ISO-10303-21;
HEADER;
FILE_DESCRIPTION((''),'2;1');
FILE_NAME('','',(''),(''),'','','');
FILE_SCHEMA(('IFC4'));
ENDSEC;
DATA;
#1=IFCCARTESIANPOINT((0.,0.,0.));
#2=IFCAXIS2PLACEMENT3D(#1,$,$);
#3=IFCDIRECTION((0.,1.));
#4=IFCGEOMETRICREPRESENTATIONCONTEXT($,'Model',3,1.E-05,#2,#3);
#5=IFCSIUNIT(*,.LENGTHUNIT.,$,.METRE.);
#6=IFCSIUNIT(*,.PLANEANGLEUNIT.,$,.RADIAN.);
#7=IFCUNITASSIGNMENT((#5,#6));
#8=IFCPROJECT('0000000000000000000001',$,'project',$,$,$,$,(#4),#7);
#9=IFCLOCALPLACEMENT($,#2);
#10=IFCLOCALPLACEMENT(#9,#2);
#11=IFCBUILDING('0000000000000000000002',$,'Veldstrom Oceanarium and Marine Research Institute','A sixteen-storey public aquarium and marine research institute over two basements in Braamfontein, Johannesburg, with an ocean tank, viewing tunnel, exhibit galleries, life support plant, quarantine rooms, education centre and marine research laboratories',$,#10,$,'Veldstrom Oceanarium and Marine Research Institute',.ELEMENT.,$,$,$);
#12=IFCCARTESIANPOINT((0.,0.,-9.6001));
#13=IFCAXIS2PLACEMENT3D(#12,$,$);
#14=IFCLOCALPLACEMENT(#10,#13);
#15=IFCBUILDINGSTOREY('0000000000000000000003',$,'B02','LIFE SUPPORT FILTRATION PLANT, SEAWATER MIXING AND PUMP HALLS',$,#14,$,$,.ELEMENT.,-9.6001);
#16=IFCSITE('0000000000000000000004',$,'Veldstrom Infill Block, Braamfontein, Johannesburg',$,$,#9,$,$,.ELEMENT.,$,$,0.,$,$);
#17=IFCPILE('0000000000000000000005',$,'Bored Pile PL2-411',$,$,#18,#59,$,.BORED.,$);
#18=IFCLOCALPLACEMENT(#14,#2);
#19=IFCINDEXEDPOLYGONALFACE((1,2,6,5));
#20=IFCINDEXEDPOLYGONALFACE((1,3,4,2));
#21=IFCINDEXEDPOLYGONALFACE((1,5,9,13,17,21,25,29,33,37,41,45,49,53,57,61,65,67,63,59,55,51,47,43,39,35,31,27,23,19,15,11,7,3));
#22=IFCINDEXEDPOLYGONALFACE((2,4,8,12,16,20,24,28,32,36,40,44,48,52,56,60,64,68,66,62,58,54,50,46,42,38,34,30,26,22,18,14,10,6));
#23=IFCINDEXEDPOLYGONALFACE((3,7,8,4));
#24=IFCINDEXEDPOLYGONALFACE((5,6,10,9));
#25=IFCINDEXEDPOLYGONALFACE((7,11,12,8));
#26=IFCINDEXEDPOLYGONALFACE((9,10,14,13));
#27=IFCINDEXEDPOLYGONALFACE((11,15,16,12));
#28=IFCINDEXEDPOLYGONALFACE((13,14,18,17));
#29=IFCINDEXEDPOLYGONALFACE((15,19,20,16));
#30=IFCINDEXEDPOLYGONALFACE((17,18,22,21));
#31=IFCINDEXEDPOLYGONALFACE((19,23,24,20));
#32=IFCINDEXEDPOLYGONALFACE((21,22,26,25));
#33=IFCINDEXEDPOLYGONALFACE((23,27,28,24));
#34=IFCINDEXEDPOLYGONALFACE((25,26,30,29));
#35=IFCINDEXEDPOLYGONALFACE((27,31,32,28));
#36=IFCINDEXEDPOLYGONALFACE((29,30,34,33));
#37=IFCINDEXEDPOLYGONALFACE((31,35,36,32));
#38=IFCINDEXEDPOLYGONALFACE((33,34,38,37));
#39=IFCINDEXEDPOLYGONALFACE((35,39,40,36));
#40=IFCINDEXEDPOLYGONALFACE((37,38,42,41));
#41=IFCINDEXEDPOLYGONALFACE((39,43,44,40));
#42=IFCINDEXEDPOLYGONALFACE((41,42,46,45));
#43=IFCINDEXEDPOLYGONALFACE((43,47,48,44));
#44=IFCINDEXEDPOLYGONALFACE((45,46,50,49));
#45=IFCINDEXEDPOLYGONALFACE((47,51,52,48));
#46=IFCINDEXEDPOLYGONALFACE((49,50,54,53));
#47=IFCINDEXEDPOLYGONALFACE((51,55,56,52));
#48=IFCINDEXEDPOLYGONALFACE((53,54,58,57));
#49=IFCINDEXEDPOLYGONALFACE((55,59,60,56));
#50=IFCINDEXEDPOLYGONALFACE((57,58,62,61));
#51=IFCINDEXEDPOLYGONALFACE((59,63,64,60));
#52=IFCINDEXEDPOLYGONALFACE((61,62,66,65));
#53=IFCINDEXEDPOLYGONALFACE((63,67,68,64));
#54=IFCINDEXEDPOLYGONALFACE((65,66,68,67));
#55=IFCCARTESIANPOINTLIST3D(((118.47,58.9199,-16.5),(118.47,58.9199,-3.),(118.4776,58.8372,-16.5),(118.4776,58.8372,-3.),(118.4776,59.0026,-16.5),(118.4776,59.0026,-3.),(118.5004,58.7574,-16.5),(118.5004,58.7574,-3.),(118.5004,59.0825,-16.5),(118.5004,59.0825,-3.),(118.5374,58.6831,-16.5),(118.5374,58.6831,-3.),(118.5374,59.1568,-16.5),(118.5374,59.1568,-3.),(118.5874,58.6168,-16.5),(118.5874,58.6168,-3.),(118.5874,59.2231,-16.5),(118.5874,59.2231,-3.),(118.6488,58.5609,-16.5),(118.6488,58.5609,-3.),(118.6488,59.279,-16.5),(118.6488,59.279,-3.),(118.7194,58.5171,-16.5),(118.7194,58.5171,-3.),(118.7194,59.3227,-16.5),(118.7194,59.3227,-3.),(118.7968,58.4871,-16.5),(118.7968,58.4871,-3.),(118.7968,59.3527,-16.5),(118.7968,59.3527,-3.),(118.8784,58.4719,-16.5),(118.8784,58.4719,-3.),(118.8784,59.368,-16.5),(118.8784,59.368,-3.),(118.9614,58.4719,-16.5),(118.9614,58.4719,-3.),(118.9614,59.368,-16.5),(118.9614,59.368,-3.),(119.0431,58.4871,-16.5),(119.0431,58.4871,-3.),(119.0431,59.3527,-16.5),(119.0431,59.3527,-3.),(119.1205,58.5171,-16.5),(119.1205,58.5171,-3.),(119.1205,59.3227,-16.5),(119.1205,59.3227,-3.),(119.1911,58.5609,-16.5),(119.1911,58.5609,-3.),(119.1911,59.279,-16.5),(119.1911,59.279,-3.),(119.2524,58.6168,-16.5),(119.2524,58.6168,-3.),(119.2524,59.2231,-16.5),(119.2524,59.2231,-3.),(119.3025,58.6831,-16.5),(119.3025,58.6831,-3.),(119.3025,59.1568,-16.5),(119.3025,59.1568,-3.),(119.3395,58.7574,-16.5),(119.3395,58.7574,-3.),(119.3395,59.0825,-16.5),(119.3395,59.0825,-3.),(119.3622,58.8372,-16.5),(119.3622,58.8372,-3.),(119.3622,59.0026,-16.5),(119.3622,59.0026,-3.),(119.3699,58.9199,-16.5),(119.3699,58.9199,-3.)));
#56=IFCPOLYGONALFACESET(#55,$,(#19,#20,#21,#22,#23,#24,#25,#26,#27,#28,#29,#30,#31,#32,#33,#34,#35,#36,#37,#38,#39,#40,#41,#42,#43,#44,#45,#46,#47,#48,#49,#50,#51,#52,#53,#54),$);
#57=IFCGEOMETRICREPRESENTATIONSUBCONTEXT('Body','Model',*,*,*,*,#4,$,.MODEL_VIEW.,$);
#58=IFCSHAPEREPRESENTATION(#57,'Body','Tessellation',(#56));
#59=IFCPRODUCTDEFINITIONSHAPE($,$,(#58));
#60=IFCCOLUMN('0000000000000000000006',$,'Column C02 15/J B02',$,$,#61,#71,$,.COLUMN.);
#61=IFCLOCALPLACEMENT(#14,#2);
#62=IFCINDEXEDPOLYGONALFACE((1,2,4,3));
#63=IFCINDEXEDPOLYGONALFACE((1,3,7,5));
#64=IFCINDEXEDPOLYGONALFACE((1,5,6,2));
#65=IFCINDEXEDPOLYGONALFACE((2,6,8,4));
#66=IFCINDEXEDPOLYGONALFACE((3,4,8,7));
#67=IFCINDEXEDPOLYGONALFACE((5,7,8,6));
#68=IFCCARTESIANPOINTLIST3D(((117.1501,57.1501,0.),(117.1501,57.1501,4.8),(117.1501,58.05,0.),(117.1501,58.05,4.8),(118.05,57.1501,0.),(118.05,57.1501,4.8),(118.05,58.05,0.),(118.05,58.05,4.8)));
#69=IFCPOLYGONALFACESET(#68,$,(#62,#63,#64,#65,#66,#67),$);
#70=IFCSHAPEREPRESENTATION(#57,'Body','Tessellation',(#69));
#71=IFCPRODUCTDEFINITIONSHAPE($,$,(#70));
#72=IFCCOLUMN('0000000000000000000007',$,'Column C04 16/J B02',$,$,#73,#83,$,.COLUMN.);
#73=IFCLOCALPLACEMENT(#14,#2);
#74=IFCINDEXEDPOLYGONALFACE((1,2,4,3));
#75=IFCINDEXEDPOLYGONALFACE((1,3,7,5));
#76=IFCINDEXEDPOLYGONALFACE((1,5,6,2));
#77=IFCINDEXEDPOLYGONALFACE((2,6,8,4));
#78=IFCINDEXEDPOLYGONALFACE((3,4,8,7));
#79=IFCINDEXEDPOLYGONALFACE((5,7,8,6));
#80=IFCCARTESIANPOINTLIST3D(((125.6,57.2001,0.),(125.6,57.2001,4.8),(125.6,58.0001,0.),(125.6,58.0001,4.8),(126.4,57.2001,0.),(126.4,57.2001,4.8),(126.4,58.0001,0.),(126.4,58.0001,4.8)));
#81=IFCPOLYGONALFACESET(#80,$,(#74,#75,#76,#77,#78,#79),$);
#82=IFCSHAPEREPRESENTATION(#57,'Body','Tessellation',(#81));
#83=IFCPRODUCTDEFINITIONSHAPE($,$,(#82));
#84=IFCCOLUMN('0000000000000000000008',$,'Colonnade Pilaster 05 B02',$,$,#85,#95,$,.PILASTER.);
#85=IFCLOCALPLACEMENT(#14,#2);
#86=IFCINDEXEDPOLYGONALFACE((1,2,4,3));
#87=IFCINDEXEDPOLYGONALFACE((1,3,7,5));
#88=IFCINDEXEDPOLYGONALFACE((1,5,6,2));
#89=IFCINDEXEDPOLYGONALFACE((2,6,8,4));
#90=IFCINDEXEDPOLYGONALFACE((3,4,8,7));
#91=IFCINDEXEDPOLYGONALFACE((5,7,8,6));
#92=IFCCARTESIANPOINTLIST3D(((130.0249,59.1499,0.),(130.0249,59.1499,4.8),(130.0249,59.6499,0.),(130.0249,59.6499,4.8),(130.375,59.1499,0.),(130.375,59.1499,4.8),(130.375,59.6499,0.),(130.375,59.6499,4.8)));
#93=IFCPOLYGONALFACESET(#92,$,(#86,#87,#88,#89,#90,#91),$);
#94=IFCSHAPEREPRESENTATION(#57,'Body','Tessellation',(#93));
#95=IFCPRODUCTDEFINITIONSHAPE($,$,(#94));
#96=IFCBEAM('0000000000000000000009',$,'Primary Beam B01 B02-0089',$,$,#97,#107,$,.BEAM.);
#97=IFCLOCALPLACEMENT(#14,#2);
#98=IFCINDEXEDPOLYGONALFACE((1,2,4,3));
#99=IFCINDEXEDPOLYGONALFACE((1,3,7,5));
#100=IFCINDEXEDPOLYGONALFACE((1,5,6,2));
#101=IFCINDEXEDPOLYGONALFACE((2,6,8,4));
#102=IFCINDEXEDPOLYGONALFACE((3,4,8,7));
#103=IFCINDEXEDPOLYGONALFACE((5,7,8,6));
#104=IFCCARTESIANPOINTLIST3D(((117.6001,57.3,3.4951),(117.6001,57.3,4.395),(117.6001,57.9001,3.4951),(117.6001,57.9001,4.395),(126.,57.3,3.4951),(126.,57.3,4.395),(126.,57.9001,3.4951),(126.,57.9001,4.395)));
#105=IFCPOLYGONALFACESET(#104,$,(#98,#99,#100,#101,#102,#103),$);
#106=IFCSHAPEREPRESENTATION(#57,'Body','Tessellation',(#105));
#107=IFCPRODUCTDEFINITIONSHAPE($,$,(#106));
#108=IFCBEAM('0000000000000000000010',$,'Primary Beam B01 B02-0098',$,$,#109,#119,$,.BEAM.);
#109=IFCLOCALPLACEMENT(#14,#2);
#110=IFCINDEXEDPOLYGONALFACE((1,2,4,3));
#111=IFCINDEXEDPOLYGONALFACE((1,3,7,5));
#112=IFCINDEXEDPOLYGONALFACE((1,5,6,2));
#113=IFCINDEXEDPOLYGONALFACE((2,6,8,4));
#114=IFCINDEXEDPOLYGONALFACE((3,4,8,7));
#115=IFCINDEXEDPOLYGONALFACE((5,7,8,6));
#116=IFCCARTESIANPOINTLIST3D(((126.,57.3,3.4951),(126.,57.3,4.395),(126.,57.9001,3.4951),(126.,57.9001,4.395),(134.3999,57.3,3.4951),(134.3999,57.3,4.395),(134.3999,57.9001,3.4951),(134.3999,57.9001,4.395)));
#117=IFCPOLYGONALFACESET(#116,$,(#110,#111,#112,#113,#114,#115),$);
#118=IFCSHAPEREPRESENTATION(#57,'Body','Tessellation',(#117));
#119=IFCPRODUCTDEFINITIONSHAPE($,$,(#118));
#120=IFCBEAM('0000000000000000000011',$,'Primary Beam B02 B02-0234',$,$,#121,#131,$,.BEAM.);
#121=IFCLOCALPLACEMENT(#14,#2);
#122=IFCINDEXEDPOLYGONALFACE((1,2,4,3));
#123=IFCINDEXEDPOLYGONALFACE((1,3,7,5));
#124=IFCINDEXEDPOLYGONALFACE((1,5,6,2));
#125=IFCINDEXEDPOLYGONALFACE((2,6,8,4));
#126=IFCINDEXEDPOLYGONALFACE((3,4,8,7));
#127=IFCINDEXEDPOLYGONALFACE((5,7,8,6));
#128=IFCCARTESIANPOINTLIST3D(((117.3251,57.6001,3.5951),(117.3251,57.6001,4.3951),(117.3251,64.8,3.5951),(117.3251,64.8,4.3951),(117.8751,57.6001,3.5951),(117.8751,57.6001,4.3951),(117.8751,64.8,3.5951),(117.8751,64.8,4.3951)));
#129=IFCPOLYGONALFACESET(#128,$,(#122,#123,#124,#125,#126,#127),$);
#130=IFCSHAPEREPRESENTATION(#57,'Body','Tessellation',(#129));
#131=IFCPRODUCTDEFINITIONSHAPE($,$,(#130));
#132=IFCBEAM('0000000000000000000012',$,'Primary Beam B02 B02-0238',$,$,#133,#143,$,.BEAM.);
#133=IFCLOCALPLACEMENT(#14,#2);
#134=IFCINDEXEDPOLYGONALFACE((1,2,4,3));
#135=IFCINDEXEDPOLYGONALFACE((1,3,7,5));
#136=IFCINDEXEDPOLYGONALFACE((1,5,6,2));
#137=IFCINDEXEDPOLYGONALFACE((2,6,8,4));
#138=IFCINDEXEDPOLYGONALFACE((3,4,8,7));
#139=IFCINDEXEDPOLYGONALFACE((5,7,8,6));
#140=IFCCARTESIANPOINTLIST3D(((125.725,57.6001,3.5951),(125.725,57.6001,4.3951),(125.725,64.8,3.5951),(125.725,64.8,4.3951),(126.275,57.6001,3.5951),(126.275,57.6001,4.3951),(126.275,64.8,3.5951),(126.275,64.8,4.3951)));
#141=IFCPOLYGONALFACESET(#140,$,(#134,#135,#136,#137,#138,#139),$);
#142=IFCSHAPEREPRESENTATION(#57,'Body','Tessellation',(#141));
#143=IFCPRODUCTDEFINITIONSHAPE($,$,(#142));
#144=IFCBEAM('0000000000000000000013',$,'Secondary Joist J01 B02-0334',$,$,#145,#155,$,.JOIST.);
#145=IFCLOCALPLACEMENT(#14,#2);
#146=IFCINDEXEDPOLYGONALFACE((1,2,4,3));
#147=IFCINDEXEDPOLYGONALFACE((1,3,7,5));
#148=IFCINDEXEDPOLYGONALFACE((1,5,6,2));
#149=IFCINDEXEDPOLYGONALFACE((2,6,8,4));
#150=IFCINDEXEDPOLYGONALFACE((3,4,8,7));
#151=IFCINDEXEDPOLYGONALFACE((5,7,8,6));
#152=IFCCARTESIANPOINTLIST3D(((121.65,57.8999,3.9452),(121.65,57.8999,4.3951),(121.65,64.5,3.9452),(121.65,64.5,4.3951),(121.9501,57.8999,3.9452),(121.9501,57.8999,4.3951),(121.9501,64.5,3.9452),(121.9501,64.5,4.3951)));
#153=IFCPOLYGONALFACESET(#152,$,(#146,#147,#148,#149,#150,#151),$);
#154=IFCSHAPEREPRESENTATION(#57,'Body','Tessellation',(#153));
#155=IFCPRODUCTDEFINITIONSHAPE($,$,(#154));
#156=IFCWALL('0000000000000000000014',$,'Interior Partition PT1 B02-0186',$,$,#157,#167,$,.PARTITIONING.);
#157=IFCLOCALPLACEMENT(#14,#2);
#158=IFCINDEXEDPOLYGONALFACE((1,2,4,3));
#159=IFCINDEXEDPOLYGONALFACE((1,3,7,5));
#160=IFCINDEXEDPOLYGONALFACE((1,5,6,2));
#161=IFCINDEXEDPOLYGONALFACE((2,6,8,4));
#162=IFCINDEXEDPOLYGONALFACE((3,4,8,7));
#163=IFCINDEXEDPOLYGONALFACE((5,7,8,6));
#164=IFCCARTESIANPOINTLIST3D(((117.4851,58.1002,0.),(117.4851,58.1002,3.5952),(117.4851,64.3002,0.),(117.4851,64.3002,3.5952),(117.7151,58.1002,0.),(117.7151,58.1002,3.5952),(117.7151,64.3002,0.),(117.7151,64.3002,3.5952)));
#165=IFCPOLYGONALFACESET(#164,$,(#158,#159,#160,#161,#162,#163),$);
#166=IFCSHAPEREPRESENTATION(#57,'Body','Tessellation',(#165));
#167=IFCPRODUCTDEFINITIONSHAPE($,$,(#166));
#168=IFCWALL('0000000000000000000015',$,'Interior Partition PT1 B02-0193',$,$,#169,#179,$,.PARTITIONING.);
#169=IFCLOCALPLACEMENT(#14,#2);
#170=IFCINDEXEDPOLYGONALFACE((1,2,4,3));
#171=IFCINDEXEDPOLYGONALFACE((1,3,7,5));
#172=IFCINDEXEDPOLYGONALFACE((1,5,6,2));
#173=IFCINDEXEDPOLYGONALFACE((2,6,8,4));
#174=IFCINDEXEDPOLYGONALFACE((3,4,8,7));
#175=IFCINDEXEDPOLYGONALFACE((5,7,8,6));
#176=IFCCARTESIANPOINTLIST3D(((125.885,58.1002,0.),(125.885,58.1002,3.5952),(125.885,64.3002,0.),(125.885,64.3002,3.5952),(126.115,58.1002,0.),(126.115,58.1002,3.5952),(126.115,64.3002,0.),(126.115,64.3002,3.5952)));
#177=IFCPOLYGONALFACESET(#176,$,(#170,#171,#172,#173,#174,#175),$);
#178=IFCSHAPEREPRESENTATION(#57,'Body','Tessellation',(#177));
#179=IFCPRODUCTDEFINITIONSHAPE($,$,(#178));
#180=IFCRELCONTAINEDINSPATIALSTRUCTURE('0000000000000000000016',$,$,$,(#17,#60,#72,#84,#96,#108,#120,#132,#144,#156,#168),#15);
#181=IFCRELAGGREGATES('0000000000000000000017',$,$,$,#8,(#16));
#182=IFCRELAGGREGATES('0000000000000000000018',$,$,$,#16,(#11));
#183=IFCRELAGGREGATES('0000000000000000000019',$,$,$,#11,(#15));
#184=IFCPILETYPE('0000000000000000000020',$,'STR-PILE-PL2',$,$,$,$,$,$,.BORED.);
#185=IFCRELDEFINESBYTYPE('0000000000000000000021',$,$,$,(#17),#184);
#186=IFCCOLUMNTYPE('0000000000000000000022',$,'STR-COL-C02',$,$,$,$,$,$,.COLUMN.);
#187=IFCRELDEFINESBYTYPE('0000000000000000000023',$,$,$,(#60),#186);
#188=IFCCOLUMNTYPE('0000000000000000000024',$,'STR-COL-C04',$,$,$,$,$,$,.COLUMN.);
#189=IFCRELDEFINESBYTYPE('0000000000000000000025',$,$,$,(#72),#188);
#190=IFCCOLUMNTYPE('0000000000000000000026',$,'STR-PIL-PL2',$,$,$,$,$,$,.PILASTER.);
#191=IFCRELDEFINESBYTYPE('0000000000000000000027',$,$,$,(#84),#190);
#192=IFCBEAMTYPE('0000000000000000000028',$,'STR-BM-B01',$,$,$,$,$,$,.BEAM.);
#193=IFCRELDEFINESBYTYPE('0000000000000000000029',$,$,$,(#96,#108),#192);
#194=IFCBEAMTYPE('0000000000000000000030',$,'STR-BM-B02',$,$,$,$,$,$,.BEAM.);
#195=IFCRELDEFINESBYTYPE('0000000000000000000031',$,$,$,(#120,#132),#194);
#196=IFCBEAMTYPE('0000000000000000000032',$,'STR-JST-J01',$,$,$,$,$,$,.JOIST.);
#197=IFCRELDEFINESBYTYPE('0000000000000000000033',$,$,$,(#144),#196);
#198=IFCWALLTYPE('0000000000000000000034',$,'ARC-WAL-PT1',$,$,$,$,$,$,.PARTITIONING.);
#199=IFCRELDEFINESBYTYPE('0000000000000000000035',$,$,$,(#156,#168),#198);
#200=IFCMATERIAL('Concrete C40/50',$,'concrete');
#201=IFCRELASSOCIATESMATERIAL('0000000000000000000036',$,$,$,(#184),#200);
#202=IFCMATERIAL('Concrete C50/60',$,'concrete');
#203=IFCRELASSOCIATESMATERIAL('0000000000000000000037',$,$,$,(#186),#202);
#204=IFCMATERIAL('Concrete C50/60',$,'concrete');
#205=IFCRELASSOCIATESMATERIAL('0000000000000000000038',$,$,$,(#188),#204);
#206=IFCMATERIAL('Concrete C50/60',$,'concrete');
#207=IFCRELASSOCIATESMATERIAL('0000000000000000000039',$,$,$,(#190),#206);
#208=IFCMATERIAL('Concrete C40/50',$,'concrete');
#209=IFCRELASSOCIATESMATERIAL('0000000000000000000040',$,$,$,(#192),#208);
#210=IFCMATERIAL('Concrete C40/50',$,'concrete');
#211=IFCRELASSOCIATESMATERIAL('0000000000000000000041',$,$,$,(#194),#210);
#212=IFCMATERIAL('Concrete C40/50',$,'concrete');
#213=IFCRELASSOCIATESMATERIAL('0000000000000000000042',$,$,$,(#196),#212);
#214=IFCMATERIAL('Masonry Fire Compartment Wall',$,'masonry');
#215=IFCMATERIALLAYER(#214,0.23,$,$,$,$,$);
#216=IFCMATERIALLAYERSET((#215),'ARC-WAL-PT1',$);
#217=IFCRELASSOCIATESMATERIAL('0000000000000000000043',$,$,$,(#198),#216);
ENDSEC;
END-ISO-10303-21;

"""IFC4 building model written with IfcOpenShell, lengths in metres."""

from ifc_helpers import new_model, si_unit, direction, frame, frame_2d, origin, origin_2d, place, context, subcontext, project, spatial, rectangle, circle, extrude, material, layer, layer_set, material_profile, profile_set, type_object, element, save


model = new_model("IFC4")

# Units and contexts
model_context = context("Model", 3, precision=1e-05, world=origin(), true_north=direction((0.0, 1.0)))
body_context = subcontext(model_context, "Body", "Model", "MODEL_VIEW")
ifc_project = project(units=[si_unit("LENGTHUNIT", "METRE"), si_unit("PLANEANGLEUNIT", "RADIAN")], contexts=[model_context])

# Site, building, storey
site_placement = place(None, origin())
site = spatial("IfcSite", under=ifc_project, at=site_placement, Name="Veldstrom Infill Block, Braamfontein, Johannesburg", CompositionType="ELEMENT", RefElevation=0.0)
building_placement = place(site_placement, origin())
building = spatial("IfcBuilding", under=site, at=building_placement, Name="Veldstrom Oceanarium and Marine Research Institute", Description="A sixteen-storey public aquarium and marine research institute over two basements in Braamfontein, Johannesburg, with an ocean tank, viewing tunnel, exhibit galleries, life support plant, quarantine rooms, education centre and marine research laboratories", LongName="Veldstrom Oceanarium and Marine Research Institute", CompositionType="ELEMENT")
storey_placement = place(building_placement, frame((0.0, 0.0, -9.6001)))
storey = spatial("IfcBuildingStorey", under=building, at=storey_placement, Name="B02", Description="LIFE SUPPORT FILTRATION PLANT, SEAWATER MIXING AND PUMP HALLS", CompositionType="ELEMENT", Elevation=-9.6001)

# Pile
ifc_material_1 = material(Name="Concrete C40/50", Category="concrete")
ifc_material_profile_1 = material_profile(ifc_material_1, circle(Radius=0.45, at=origin_2d()), Name="PILE-D900")
ifc_profile_set_1 = profile_set([ifc_material_profile_1], Name="Concrete C40/50")
pile_type_1 = type_object("IfcPileType", Name="STR-PILE-PL2", PredefinedType="BORED", material=ifc_profile_set_1)
for number, where, z_axis, x_axis, name in (
    (1, (118.9199, 58.9199, -3.0), (0.0, 0.0, -1.0), (1.0, 0.0, 0.0), "Bored Pile PL2-411"),
):
    element("IfcPile", number, at=place(storey_placement, frame(where, z_axis=z_axis, x_axis=x_axis)), inside=storey, type_object=pile_type_1, Name=name, PredefinedType="BORED", context=body_context, shape_type="SweptSolid", body=[
        extrude(circle(Radius=0.45, at=origin_2d()), origin(), (0.0, 0.0, 1.0), 13.5),
    ])

# Columns
ifc_material_2 = material(Name="Concrete C50/60", Category="concrete")
ifc_material_profile_2 = material_profile(ifc_material_2, rectangle(XDim=0.8999, YDim=0.8999, at=origin_2d()), Name="RC-COL-900x900")
ifc_profile_set_2 = profile_set([ifc_material_profile_2], Name="Concrete C50/60")
column_type_1 = type_object("IfcColumnType", Name="STR-COL-C02", PredefinedType="COLUMN", material=ifc_profile_set_2)
column_1_placement = place(storey_placement, frame((117.6001, 57.6001, 0.0), z_axis=(0.0, 0.0, 1.0), x_axis=(1.0, 0.0, 0.0)))
element("IfcColumn", 2, at=column_1_placement, inside=storey, type_object=column_type_1, Name="Column C02 15/J B02", PredefinedType="COLUMN", context=body_context, shape_type="SweptSolid", body=[
    extrude(rectangle(XDim=0.8999, YDim=0.8999, at=origin_2d()), origin(), (0.0, 0.0, 1.0), 4.8),
])
ifc_material_3 = material(Name="Concrete C50/60", Category="concrete")
ifc_material_profile_3 = material_profile(ifc_material_3, rectangle(XDim=0.8, YDim=0.8, at=origin_2d()), Name="RC-COL-800x800")
ifc_profile_set_3 = profile_set([ifc_material_profile_3], Name="Concrete C50/60")
column_type_2 = type_object("IfcColumnType", Name="STR-COL-C04", PredefinedType="COLUMN", material=ifc_profile_set_3)
column_2_placement = place(storey_placement, frame((126.0, 57.6001, 0.0), z_axis=(0.0, 0.0, 1.0), x_axis=(1.0, 0.0, 0.0)))
element("IfcColumn", 3, at=column_2_placement, inside=storey, type_object=column_type_2, Name="Column C04 16/J B02", PredefinedType="COLUMN", context=body_context, shape_type="SweptSolid", body=[
    extrude(rectangle(XDim=0.8, YDim=0.8, at=origin_2d()), origin(), (0.0, 0.0, 1.0), 4.8),
])
ifc_material_4 = material(Name="Concrete C50/60", Category="concrete")
ifc_material_profile_4 = material_profile(ifc_material_4, rectangle(XDim=0.3501, YDim=0.5, at=origin_2d()), Name="RC-PIL-500x350")
ifc_profile_set_4 = profile_set([ifc_material_profile_4], Name="Concrete C50/60")
column_type_3 = type_object("IfcColumnType", Name="STR-PIL-PL2", PredefinedType="PILASTER", material=ifc_profile_set_4)
column_3_placement = place(storey_placement, frame((130.2, 59.3999, 0.0), z_axis=(0.0, 0.0, 1.0), x_axis=(1.0, 0.0, 0.0)))
element("IfcColumn", 4, at=column_3_placement, inside=storey, type_object=column_type_3, Name="Colonnade Pilaster 05 B02", PredefinedType="PILASTER", context=body_context, shape_type="SweptSolid", body=[
    extrude(rectangle(XDim=0.3501, YDim=0.5, at=origin_2d()), origin(), (0.0, 0.0, 1.0), 4.8),
])

# Beams
ifc_material_5 = material(Name="Concrete C40/50", Category="concrete")
ifc_material_profile_5 = material_profile(ifc_material_5, rectangle(XDim=0.6001, YDim=0.8999, at=origin_2d()), Name="RC-BM-600x900")
ifc_profile_set_5 = profile_set([ifc_material_profile_5], Name="Concrete C40/50")
beam_type_1 = type_object("IfcBeamType", Name="STR-BM-B01", PredefinedType="BEAM", material=ifc_profile_set_5)
for number, where, z_axis, x_axis, name in (
    (5, (117.6001, 57.6001, 3.9451), (1.0, 0.0, 0.0), (0.0, 1.0, 0.0), "Primary Beam B01 B02-0089"),
    (6, (126.0, 57.6001, 3.9451), (1.0, 0.0, 0.0), (0.0, 1.0, 0.0), "Primary Beam B01 B02-0098"),
):
    element("IfcBeam", number, at=place(storey_placement, frame(where, z_axis=z_axis, x_axis=x_axis)), inside=storey, type_object=beam_type_1, Name=name, PredefinedType="BEAM", context=body_context, shape_type="SweptSolid", body=[
        extrude(rectangle(XDim=0.6001, YDim=0.8999, at=origin_2d()), origin(), (0.0, 0.0, 1.0), 8.3999),
    ])
ifc_material_6 = material(Name="Concrete C40/50", Category="concrete")
ifc_material_profile_6 = material_profile(ifc_material_6, rectangle(XDim=0.55, YDim=0.8, at=origin_2d()), Name="RC-BM-550x800")
ifc_profile_set_6 = profile_set([ifc_material_profile_6], Name="Concrete C40/50")
beam_type_2 = type_object("IfcBeamType", Name="STR-BM-B02", PredefinedType="BEAM", material=ifc_profile_set_6)
for number, where, z_axis, x_axis, name in (
    (7, (117.6001, 57.6001, 3.9951), (0.0, 1.0, 0.0), (-1.0, 0.0, 0.0), "Primary Beam B02 B02-0234"),
    (8, (126.0, 57.6001, 3.9951), (0.0, 1.0, 0.0), (-1.0, 0.0, 0.0), "Primary Beam B02 B02-0238"),
):
    element("IfcBeam", number, at=place(storey_placement, frame(where, z_axis=z_axis, x_axis=x_axis)), inside=storey, type_object=beam_type_2, Name=name, PredefinedType="BEAM", context=body_context, shape_type="SweptSolid", body=[
        extrude(rectangle(XDim=0.55, YDim=0.8, at=origin_2d()), origin(), (0.0, 0.0, 1.0), 7.2),
    ])
ifc_material_7 = material(Name="Concrete C40/50", Category="concrete")
ifc_material_profile_7 = material_profile(ifc_material_7, rectangle(XDim=0.3, YDim=0.45, at=origin_2d()), Name="RC-JST-300x450")
ifc_profile_set_7 = profile_set([ifc_material_profile_7], Name="Concrete C40/50")
beam_type_3 = type_object("IfcBeamType", Name="STR-JST-J01", PredefinedType="JOIST", material=ifc_profile_set_7)
beam_placement = place(storey_placement, frame((121.8, 57.8999, 4.1702), z_axis=(0.0, 1.0, 0.0), x_axis=(-1.0, 0.0, 0.0)))
element("IfcBeam", 9, at=beam_placement, inside=storey, type_object=beam_type_3, Name="Secondary Joist J01 B02-0334", PredefinedType="JOIST", context=body_context, shape_type="SweptSolid", body=[
    extrude(rectangle(XDim=0.3, YDim=0.45, at=origin_2d()), origin(), (0.0, 0.0, 1.0), 6.6001),
])

# Wall
ifc_material_8 = material(Name="Masonry Fire Compartment Wall", Category="masonry")
ifc_layer_1 = layer(ifc_material_8, 0.23)
ifc_layer_set_1 = layer_set([ifc_layer_1], Name="ARC-WAL-PT1")
wall_type_1 = type_object("IfcWallType", Name="ARC-WAL-PT1", PredefinedType="PARTITIONING", material=ifc_layer_set_1)
wall_1_placement = place(storey_placement, frame((117.6001, 58.1001, 0.0), z_axis=(0.0, 0.0, 1.0), x_axis=(0.0, 1.0, 0.0)))
element("IfcWall", 10, at=wall_1_placement, inside=storey, type_object=wall_type_1, Name="Interior Partition PT1 B02-0186", PredefinedType="PARTITIONING", context=body_context, shape_type="SweptSolid", body=[
    extrude(rectangle(XDim=6.2, YDim=0.23, at=frame_2d((3.1001, 0.0))), origin(), (0.0, 0.0, 1.0), 3.5952),
])

# Wall
wall_2_placement = place(storey_placement, frame((126.0, 58.1001, 0.0), z_axis=(0.0, 0.0, 1.0), x_axis=(0.0, 1.0, 0.0)))
element("IfcWall", 11, at=wall_2_placement, inside=storey, type_object=wall_type_1, Name="Interior Partition PT1 B02-0193", PredefinedType="PARTITIONING", context=body_context, shape_type="SweptSolid", body=[
    extrude(rectangle(XDim=6.2, YDim=0.23, at=frame_2d((3.1001, 0.0))), origin(), (0.0, 0.0, 1.0), 3.5952),
])

save(model, "model.ifc")
